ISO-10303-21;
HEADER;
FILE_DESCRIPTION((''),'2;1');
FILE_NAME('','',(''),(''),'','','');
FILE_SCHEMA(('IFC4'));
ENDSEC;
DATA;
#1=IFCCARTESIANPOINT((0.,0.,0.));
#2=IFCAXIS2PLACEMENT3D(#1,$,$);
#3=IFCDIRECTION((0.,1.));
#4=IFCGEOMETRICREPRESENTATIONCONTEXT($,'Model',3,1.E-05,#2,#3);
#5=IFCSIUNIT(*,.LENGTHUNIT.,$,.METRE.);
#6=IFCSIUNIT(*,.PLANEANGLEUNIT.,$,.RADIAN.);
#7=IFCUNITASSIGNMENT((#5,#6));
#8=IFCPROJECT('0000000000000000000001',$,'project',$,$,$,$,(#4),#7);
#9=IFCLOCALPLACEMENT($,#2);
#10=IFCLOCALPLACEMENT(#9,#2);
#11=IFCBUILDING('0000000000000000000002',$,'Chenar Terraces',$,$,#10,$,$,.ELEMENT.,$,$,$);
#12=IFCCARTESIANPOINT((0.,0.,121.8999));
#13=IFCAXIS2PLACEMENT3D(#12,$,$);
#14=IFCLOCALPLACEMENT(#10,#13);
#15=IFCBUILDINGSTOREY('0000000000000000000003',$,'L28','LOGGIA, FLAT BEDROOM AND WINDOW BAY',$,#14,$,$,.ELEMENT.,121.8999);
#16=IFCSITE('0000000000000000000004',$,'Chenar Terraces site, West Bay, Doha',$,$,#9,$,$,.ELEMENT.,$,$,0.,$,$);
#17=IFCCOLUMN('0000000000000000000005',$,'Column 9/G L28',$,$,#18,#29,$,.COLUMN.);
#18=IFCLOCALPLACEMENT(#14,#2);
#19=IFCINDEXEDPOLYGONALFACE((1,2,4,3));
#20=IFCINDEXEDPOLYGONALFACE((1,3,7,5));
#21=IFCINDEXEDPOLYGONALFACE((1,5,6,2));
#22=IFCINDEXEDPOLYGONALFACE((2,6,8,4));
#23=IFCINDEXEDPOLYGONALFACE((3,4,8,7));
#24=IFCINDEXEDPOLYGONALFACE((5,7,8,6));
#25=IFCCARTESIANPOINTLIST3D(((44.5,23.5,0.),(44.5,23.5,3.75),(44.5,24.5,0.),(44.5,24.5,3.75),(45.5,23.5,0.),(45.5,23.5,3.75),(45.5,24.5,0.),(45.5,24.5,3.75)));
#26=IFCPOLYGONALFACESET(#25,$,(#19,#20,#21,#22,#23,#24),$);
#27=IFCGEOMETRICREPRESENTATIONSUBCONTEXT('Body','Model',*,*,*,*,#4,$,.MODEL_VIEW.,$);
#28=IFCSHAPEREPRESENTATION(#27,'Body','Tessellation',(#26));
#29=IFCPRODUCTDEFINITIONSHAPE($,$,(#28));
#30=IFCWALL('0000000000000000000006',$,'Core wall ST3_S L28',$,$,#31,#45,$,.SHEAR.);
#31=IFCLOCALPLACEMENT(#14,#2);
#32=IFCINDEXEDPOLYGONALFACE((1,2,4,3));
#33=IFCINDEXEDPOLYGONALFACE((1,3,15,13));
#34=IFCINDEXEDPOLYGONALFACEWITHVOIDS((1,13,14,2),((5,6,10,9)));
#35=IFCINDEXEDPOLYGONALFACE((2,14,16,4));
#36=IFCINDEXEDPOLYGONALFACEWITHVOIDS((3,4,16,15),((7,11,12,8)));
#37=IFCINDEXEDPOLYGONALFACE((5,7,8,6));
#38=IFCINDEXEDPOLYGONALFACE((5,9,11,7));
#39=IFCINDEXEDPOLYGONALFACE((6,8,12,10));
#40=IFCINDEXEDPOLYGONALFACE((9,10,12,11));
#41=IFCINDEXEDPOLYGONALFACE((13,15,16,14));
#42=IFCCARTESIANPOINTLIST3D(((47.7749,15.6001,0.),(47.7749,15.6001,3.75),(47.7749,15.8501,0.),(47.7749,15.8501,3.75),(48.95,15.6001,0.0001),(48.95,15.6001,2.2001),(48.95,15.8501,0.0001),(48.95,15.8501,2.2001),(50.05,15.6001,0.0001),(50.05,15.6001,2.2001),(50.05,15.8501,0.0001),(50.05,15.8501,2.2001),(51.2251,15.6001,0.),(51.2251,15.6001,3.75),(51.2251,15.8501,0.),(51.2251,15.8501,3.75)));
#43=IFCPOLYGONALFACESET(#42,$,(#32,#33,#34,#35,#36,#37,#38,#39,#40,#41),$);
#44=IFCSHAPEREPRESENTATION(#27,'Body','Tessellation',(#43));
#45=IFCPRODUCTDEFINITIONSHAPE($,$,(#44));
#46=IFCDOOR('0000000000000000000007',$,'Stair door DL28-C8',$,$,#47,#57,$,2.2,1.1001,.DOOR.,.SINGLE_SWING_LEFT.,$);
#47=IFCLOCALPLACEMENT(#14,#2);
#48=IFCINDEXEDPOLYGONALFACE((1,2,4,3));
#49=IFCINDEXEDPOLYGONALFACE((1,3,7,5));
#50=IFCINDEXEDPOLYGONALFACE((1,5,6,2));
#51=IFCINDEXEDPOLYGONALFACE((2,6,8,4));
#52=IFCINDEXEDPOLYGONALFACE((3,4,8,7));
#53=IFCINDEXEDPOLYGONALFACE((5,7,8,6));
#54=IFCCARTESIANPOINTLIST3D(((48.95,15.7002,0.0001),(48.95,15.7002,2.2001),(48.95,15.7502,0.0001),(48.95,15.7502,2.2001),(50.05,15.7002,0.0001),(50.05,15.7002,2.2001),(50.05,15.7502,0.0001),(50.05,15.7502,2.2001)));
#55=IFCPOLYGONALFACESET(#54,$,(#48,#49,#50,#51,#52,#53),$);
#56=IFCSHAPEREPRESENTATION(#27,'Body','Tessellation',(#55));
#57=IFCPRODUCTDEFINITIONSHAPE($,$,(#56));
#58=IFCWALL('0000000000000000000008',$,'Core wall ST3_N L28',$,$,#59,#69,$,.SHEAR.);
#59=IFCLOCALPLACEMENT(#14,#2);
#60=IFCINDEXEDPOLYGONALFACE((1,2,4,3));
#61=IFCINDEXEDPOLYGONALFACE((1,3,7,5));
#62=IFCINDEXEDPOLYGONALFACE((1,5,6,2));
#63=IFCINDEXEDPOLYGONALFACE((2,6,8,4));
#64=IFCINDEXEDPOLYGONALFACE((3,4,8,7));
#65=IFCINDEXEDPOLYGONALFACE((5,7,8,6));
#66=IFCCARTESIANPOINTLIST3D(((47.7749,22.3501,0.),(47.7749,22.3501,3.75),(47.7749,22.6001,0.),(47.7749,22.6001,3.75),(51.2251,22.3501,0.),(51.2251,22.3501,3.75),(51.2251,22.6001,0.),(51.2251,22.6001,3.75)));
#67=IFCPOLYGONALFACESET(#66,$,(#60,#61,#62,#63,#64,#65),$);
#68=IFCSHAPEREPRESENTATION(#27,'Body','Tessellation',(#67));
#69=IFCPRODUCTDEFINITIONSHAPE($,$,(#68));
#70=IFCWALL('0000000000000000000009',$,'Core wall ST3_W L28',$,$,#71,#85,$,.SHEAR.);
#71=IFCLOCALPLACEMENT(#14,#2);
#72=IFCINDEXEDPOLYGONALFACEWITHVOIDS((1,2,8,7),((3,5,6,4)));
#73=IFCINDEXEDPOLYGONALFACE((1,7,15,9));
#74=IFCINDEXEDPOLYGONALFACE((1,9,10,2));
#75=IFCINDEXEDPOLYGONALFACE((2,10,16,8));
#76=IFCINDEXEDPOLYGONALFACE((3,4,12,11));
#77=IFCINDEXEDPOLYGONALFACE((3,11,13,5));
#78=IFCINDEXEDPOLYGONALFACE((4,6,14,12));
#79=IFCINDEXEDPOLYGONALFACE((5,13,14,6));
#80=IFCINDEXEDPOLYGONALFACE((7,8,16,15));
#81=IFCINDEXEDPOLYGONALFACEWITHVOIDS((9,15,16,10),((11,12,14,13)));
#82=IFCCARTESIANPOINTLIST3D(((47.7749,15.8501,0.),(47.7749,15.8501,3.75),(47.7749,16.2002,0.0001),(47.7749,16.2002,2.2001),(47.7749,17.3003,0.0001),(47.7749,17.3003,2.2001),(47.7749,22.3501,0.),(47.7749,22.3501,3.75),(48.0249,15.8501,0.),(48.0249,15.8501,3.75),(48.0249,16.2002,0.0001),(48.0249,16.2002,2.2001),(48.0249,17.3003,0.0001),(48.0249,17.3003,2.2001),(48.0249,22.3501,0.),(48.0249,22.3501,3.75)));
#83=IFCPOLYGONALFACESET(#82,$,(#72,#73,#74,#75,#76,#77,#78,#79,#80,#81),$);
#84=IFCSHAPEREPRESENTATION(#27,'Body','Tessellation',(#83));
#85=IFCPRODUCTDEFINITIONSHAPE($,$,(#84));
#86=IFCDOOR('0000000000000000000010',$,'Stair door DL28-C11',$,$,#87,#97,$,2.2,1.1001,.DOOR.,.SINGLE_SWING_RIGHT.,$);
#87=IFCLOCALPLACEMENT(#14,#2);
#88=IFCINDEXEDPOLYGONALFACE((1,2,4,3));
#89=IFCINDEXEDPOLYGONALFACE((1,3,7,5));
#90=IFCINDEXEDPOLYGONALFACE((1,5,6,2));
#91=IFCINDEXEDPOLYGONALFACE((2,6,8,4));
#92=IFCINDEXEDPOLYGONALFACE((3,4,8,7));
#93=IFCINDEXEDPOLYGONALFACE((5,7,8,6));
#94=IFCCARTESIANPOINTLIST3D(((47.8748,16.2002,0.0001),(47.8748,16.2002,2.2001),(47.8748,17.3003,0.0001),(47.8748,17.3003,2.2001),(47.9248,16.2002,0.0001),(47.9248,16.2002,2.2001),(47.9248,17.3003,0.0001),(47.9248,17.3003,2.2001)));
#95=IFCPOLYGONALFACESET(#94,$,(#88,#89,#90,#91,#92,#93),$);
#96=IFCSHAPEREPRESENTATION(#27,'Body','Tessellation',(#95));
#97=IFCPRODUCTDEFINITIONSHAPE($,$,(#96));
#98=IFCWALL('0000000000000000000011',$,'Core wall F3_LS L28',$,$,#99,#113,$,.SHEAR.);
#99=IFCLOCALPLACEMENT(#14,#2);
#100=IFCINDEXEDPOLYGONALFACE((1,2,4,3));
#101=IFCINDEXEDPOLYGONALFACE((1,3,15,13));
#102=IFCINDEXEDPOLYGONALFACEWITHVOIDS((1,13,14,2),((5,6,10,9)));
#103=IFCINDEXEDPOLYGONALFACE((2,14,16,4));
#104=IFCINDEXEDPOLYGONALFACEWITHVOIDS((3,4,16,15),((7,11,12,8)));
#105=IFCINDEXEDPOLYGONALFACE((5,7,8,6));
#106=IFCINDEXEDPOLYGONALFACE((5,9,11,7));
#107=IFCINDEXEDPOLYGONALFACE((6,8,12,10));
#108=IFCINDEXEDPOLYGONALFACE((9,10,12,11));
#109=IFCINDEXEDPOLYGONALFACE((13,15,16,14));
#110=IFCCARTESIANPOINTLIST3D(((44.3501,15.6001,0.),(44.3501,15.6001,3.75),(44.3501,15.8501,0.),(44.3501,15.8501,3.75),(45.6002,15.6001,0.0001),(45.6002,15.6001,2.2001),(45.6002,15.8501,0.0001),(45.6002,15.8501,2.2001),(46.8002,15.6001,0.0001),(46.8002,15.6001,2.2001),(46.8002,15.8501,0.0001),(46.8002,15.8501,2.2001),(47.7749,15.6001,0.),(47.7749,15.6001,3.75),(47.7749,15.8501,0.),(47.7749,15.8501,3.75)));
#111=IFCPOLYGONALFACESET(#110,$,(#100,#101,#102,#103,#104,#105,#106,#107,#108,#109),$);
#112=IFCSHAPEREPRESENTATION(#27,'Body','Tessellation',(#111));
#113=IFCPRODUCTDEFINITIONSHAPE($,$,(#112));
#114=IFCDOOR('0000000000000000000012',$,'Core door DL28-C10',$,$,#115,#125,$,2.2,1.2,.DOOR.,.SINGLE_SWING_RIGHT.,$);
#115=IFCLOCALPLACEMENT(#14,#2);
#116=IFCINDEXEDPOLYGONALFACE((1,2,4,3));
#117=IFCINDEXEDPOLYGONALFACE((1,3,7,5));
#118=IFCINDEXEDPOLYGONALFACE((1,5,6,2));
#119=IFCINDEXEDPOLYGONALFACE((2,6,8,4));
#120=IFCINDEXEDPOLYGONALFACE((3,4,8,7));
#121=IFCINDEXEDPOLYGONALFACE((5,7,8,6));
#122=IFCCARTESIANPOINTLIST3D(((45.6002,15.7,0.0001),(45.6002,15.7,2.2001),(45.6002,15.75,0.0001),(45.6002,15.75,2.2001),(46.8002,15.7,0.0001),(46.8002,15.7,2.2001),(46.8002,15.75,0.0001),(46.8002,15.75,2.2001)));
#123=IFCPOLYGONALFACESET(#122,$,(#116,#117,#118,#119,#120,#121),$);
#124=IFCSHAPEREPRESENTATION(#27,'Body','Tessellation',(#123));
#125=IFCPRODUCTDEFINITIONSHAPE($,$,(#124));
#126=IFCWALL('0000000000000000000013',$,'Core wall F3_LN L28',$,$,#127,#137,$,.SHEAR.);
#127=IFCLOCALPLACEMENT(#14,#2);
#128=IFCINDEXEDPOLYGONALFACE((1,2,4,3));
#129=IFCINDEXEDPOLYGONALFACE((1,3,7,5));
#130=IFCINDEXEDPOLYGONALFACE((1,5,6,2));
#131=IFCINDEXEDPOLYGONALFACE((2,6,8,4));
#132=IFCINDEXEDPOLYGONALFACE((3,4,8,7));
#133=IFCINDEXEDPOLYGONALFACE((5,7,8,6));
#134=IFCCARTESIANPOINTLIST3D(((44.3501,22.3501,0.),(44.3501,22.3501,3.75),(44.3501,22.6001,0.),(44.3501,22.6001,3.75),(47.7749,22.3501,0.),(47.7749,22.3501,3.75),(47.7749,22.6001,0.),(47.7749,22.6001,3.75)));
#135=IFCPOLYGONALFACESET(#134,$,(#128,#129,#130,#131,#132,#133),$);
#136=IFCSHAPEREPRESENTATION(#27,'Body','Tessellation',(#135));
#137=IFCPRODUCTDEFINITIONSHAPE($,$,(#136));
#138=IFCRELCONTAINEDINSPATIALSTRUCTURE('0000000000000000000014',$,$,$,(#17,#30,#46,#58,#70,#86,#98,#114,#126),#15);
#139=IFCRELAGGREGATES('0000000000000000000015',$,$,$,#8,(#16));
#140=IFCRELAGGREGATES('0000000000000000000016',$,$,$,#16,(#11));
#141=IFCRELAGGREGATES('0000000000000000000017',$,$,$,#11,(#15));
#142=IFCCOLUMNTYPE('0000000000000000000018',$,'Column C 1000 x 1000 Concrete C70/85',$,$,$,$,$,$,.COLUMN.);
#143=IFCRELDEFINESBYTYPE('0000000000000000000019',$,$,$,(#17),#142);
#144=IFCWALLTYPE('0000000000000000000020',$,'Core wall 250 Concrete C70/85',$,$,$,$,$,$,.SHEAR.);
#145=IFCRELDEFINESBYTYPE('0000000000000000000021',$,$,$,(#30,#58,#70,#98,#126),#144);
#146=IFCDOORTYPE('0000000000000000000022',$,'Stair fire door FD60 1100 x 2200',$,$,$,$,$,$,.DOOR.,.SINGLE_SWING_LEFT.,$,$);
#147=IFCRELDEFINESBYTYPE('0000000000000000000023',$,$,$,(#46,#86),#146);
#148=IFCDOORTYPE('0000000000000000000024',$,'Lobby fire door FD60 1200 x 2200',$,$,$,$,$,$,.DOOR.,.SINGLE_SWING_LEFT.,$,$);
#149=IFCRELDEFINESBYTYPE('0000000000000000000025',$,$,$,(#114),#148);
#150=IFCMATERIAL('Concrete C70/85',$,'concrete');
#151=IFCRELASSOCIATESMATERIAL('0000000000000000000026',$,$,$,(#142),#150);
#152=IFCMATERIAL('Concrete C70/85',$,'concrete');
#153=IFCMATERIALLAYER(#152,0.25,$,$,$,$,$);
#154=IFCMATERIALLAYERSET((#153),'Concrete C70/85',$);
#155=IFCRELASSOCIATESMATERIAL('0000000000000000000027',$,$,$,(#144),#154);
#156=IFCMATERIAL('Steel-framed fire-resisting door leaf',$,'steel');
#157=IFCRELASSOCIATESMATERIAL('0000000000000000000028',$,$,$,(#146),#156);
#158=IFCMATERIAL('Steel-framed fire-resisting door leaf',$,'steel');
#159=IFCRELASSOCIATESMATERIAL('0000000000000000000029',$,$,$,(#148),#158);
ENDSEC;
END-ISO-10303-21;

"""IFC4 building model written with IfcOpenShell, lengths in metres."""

from ifc_helpers import new_model, si_unit, direction, frame, frame_2d, origin, origin_2d, place, context, subcontext, project, spatial, rectangle, extrude, material, layer, layer_set, material_profile, profile_set, type_object, element, fill, save


model = new_model("IFC4")

# Units and contexts
model_context = context("Model", 3, precision=1e-05, world=origin(), true_north=direction((0.0, 1.0)))
body_context = subcontext(model_context, "Body", "Model", "MODEL_VIEW")
ifc_project = project(units=[si_unit("LENGTHUNIT", "METRE"), si_unit("PLANEANGLEUNIT", "RADIAN")], contexts=[model_context])

# Site, building, storey
site_placement = place(None, origin())
site = spatial("IfcSite", under=ifc_project, at=site_placement, Name="Chenar Terraces site, West Bay, Doha", CompositionType="ELEMENT", RefElevation=0.0)
building_placement = place(site_placement, origin())
building = spatial("IfcBuilding", under=site, at=building_placement, Name="Chenar Terraces", CompositionType="ELEMENT")
storey_placement = place(building_placement, frame((0.0, 0.0, 121.8999)))
storey = spatial("IfcBuildingStorey", under=building, at=storey_placement, Name="L28", Description="LOGGIA, FLAT BEDROOM AND WINDOW BAY", CompositionType="ELEMENT", Elevation=121.8999)

# Column
ifc_material_1 = material(Name="Concrete C70/85", Category="concrete")
ifc_material_profile_1 = material_profile(ifc_material_1, rectangle(XDim=1.0, YDim=1.0, at=origin_2d()), Name="C 1000 x 1000")
ifc_profile_set_1 = profile_set([ifc_material_profile_1], Name="Concrete C70/85")
column_type = type_object("IfcColumnType", Name="Column C 1000 x 1000 Concrete C70/85", PredefinedType="COLUMN", material=ifc_profile_set_1)
column_placement = place(storey_placement, frame((45.0, 24.0, 0.0), z_axis=(0.0, 0.0, 1.0), x_axis=(1.0, 0.0, 0.0)))
element("IfcColumn", 1, at=column_placement, inside=storey, type_object=column_type, Name="Column 9/G L28", PredefinedType="COLUMN", context=body_context, shape_type="SweptSolid", body=[
    extrude(rectangle(XDim=1.0, YDim=1.0, at=origin_2d()), origin(), (0.0, 0.0, 1.0), 3.75),
])

# Wall, opening, door
ifc_material_2 = material(Name="Concrete C70/85", Category="concrete")
ifc_layer_1 = layer(ifc_material_2, 0.25)
ifc_layer_set_1 = layer_set([ifc_layer_1], Name="Concrete C70/85")
wall_type_1 = type_object("IfcWallType", Name="Core wall 250 Concrete C70/85", PredefinedType="SHEAR", material=ifc_layer_set_1)
wall_1_placement = place(storey_placement, frame((47.7749, 15.7251, 0.0), z_axis=(0.0, 0.0, 1.0), x_axis=(1.0, 0.0, 0.0)))
wall_1 = element("IfcWall", 2, at=wall_1_placement, inside=storey, type_object=wall_type_1, Name="Core wall ST3_S L28", PredefinedType="SHEAR", context=body_context, shape_type="SweptSolid", body=[
    extrude(rectangle(XDim=3.4502, YDim=0.25, at=frame_2d((1.7251, 0.0))), origin(), (0.0, 0.0, 1.0), 3.75),
])
opening_1_placement = place(wall_1_placement, frame((1.175, 0.0, 0.0)))
opening_1 = element("IfcOpeningElement", 3, at=opening_1_placement, cuts=wall_1, PredefinedType="OPENING", context=body_context, shape_type="SweptSolid", body=[
    extrude(rectangle(XDim=1.1001, YDim=2.2, at=frame_2d((0.55, 1.1001))), frame((0.0, 0.135, 0.0), z_axis=(0.0, -1.0, 0.0), x_axis=(1.0, 0.0, 0.0)), (0.0, 0.0, 1.0), 0.27),
])
ifc_material_3 = material(Name="Steel-framed fire-resisting door leaf", Category="steel")
door_type_1 = type_object("IfcDoorType", Name="Stair fire door FD60 1100 x 2200", OperationType="SINGLE_SWING_LEFT", PredefinedType="DOOR", material=ifc_material_3)
door_1_placement = place(opening_1_placement, frame((1.1001, 0.0, 0.0), z_axis=(0.0, 0.0, 1.0), x_axis=(-1.0, 0.0, 0.0)))
door_1 = element("IfcDoor", 4, at=door_1_placement, inside=storey, type_object=door_type_1, Name="Stair door DL28-C8", OperationType="SINGLE_SWING_LEFT", OverallHeight=2.2, OverallWidth=1.1001, PredefinedType="DOOR", context=body_context, shape_type="SweptSolid", body=[
    extrude(rectangle(XDim=1.1001, YDim=2.2, at=frame_2d((0.55, 1.1001))), frame((0.0, 0.0249, 0.0), z_axis=(0.0, -1.0, 0.0), x_axis=(1.0, 0.0, 0.0)), (0.0, 0.0, 1.0), 0.05),
])
fill(opening_1, door_1)

# Wall
wall_2_placement = place(storey_placement, frame((47.7749, 22.4751, 0.0), z_axis=(0.0, 0.0, 1.0), x_axis=(1.0, 0.0, 0.0)))
element("IfcWall", 5, at=wall_2_placement, inside=storey, type_object=wall_type_1, Name="Core wall ST3_N L28", PredefinedType="SHEAR", context=body_context, shape_type="SweptSolid", body=[
    extrude(rectangle(XDim=3.4502, YDim=0.25, at=frame_2d((1.7251, 0.0))), origin(), (0.0, 0.0, 1.0), 3.75),
])

# Walls, openings, doors
wall_3_placement = place(storey_placement, frame((47.8999, 15.8501, 0.0), z_axis=(0.0, 0.0, 1.0), x_axis=(0.0, 1.0, 0.0)))
wall_3 = element("IfcWall", 6, at=wall_3_placement, inside=storey, type_object=wall_type_1, Name="Core wall ST3_W L28", PredefinedType="SHEAR", context=body_context, shape_type="SweptSolid", body=[
    extrude(rectangle(XDim=6.5, YDim=0.25, at=frame_2d((3.25, 0.0))), origin(), (0.0, 0.0, 1.0), 3.75),
])
opening_2_placement = place(wall_3_placement, frame((0.3501, 0.0, 0.0)))
opening_2 = element("IfcOpeningElement", 7, at=opening_2_placement, cuts=wall_3, PredefinedType="OPENING", context=body_context, shape_type="SweptSolid", body=[
    extrude(rectangle(XDim=1.1001, YDim=2.2, at=frame_2d((0.55, 1.1001))), frame((0.0, 0.135, 0.0), z_axis=(0.0, -1.0, 0.0), x_axis=(1.0, 0.0, 0.0)), (0.0, 0.0, 1.0), 0.27),
])
door_2_placement = place(opening_2_placement, frame((1.1001, 0.0, 0.0), z_axis=(0.0, 0.0, 1.0), x_axis=(-1.0, 0.0, 0.0)))
door_2 = element("IfcDoor", 8, at=door_2_placement, inside=storey, type_object=door_type_1, Name="Stair door DL28-C11", OperationType="SINGLE_SWING_RIGHT", OverallHeight=2.2, OverallWidth=1.1001, PredefinedType="DOOR", context=body_context, shape_type="SweptSolid", body=[
    extrude(rectangle(XDim=1.1001, YDim=2.2, at=frame_2d((0.55, 1.1001))), frame((0.0, 0.0249, 0.0), z_axis=(0.0, -1.0, 0.0), x_axis=(1.0, 0.0, 0.0)), (0.0, 0.0, 1.0), 0.05),
])
fill(opening_2, door_2)
wall_4_placement = place(storey_placement, frame((44.3501, 15.7251, 0.0), z_axis=(0.0, 0.0, 1.0), x_axis=(1.0, 0.0, 0.0)))
wall_4 = element("IfcWall", 9, at=wall_4_placement, inside=storey, type_object=wall_type_1, Name="Core wall F3_LS L28", PredefinedType="SHEAR", context=body_context, shape_type="SweptSolid", body=[
    extrude(rectangle(XDim=3.4248, YDim=0.25, at=frame_2d((1.7124, 0.0))), origin(), (0.0, 0.0, 1.0), 3.75),
])
opening_3_placement = place(wall_4_placement, frame((1.25, 0.0, 0.0)))
opening_3 = element("IfcOpeningElement", 10, at=opening_3_placement, cuts=wall_4, PredefinedType="OPENING", context=body_context, shape_type="SweptSolid", body=[
    extrude(rectangle(XDim=1.2, YDim=2.2, at=frame_2d((0.6001, 1.1001))), frame((0.0, 0.135, 0.0), z_axis=(0.0, -1.0, 0.0), x_axis=(1.0, 0.0, 0.0)), (0.0, 0.0, 1.0), 0.27),
])
ifc_material_4 = material(Name="Steel-framed fire-resisting door leaf", Category="steel")
door_type_2 = type_object("IfcDoorType", Name="Lobby fire door FD60 1200 x 2200", OperationType="SINGLE_SWING_LEFT", PredefinedType="DOOR", material=ifc_material_4)
door_3_placement = place(opening_3_placement, origin())
door_3 = element("IfcDoor", 11, at=door_3_placement, inside=storey, type_object=door_type_2, Name="Core door DL28-C10", OperationType="SINGLE_SWING_RIGHT", OverallHeight=2.2, OverallWidth=1.2, PredefinedType="DOOR", context=body_context, shape_type="SweptSolid", body=[
    extrude(rectangle(XDim=1.2, YDim=2.2, at=frame_2d((0.6001, 1.1001))), frame((0.0, 0.0249, 0.0), z_axis=(0.0, -1.0, 0.0), x_axis=(1.0, 0.0, 0.0)), (0.0, 0.0, 1.0), 0.05),
])
fill(opening_3, door_3)

# Wall
wall_5_placement = place(storey_placement, frame((44.3501, 22.4751, 0.0), z_axis=(0.0, 0.0, 1.0), x_axis=(1.0, 0.0, 0.0)))
element("IfcWall", 12, at=wall_5_placement, inside=storey, type_object=wall_type_1, Name="Core wall F3_LN L28", PredefinedType="SHEAR", context=body_context, shape_type="SweptSolid", body=[
    extrude(rectangle(XDim=3.4248, YDim=0.25, at=frame_2d((1.7124, 0.0))), origin(), (0.0, 0.0, 1.0), 3.75),
])

save(model, "model.ifc")
